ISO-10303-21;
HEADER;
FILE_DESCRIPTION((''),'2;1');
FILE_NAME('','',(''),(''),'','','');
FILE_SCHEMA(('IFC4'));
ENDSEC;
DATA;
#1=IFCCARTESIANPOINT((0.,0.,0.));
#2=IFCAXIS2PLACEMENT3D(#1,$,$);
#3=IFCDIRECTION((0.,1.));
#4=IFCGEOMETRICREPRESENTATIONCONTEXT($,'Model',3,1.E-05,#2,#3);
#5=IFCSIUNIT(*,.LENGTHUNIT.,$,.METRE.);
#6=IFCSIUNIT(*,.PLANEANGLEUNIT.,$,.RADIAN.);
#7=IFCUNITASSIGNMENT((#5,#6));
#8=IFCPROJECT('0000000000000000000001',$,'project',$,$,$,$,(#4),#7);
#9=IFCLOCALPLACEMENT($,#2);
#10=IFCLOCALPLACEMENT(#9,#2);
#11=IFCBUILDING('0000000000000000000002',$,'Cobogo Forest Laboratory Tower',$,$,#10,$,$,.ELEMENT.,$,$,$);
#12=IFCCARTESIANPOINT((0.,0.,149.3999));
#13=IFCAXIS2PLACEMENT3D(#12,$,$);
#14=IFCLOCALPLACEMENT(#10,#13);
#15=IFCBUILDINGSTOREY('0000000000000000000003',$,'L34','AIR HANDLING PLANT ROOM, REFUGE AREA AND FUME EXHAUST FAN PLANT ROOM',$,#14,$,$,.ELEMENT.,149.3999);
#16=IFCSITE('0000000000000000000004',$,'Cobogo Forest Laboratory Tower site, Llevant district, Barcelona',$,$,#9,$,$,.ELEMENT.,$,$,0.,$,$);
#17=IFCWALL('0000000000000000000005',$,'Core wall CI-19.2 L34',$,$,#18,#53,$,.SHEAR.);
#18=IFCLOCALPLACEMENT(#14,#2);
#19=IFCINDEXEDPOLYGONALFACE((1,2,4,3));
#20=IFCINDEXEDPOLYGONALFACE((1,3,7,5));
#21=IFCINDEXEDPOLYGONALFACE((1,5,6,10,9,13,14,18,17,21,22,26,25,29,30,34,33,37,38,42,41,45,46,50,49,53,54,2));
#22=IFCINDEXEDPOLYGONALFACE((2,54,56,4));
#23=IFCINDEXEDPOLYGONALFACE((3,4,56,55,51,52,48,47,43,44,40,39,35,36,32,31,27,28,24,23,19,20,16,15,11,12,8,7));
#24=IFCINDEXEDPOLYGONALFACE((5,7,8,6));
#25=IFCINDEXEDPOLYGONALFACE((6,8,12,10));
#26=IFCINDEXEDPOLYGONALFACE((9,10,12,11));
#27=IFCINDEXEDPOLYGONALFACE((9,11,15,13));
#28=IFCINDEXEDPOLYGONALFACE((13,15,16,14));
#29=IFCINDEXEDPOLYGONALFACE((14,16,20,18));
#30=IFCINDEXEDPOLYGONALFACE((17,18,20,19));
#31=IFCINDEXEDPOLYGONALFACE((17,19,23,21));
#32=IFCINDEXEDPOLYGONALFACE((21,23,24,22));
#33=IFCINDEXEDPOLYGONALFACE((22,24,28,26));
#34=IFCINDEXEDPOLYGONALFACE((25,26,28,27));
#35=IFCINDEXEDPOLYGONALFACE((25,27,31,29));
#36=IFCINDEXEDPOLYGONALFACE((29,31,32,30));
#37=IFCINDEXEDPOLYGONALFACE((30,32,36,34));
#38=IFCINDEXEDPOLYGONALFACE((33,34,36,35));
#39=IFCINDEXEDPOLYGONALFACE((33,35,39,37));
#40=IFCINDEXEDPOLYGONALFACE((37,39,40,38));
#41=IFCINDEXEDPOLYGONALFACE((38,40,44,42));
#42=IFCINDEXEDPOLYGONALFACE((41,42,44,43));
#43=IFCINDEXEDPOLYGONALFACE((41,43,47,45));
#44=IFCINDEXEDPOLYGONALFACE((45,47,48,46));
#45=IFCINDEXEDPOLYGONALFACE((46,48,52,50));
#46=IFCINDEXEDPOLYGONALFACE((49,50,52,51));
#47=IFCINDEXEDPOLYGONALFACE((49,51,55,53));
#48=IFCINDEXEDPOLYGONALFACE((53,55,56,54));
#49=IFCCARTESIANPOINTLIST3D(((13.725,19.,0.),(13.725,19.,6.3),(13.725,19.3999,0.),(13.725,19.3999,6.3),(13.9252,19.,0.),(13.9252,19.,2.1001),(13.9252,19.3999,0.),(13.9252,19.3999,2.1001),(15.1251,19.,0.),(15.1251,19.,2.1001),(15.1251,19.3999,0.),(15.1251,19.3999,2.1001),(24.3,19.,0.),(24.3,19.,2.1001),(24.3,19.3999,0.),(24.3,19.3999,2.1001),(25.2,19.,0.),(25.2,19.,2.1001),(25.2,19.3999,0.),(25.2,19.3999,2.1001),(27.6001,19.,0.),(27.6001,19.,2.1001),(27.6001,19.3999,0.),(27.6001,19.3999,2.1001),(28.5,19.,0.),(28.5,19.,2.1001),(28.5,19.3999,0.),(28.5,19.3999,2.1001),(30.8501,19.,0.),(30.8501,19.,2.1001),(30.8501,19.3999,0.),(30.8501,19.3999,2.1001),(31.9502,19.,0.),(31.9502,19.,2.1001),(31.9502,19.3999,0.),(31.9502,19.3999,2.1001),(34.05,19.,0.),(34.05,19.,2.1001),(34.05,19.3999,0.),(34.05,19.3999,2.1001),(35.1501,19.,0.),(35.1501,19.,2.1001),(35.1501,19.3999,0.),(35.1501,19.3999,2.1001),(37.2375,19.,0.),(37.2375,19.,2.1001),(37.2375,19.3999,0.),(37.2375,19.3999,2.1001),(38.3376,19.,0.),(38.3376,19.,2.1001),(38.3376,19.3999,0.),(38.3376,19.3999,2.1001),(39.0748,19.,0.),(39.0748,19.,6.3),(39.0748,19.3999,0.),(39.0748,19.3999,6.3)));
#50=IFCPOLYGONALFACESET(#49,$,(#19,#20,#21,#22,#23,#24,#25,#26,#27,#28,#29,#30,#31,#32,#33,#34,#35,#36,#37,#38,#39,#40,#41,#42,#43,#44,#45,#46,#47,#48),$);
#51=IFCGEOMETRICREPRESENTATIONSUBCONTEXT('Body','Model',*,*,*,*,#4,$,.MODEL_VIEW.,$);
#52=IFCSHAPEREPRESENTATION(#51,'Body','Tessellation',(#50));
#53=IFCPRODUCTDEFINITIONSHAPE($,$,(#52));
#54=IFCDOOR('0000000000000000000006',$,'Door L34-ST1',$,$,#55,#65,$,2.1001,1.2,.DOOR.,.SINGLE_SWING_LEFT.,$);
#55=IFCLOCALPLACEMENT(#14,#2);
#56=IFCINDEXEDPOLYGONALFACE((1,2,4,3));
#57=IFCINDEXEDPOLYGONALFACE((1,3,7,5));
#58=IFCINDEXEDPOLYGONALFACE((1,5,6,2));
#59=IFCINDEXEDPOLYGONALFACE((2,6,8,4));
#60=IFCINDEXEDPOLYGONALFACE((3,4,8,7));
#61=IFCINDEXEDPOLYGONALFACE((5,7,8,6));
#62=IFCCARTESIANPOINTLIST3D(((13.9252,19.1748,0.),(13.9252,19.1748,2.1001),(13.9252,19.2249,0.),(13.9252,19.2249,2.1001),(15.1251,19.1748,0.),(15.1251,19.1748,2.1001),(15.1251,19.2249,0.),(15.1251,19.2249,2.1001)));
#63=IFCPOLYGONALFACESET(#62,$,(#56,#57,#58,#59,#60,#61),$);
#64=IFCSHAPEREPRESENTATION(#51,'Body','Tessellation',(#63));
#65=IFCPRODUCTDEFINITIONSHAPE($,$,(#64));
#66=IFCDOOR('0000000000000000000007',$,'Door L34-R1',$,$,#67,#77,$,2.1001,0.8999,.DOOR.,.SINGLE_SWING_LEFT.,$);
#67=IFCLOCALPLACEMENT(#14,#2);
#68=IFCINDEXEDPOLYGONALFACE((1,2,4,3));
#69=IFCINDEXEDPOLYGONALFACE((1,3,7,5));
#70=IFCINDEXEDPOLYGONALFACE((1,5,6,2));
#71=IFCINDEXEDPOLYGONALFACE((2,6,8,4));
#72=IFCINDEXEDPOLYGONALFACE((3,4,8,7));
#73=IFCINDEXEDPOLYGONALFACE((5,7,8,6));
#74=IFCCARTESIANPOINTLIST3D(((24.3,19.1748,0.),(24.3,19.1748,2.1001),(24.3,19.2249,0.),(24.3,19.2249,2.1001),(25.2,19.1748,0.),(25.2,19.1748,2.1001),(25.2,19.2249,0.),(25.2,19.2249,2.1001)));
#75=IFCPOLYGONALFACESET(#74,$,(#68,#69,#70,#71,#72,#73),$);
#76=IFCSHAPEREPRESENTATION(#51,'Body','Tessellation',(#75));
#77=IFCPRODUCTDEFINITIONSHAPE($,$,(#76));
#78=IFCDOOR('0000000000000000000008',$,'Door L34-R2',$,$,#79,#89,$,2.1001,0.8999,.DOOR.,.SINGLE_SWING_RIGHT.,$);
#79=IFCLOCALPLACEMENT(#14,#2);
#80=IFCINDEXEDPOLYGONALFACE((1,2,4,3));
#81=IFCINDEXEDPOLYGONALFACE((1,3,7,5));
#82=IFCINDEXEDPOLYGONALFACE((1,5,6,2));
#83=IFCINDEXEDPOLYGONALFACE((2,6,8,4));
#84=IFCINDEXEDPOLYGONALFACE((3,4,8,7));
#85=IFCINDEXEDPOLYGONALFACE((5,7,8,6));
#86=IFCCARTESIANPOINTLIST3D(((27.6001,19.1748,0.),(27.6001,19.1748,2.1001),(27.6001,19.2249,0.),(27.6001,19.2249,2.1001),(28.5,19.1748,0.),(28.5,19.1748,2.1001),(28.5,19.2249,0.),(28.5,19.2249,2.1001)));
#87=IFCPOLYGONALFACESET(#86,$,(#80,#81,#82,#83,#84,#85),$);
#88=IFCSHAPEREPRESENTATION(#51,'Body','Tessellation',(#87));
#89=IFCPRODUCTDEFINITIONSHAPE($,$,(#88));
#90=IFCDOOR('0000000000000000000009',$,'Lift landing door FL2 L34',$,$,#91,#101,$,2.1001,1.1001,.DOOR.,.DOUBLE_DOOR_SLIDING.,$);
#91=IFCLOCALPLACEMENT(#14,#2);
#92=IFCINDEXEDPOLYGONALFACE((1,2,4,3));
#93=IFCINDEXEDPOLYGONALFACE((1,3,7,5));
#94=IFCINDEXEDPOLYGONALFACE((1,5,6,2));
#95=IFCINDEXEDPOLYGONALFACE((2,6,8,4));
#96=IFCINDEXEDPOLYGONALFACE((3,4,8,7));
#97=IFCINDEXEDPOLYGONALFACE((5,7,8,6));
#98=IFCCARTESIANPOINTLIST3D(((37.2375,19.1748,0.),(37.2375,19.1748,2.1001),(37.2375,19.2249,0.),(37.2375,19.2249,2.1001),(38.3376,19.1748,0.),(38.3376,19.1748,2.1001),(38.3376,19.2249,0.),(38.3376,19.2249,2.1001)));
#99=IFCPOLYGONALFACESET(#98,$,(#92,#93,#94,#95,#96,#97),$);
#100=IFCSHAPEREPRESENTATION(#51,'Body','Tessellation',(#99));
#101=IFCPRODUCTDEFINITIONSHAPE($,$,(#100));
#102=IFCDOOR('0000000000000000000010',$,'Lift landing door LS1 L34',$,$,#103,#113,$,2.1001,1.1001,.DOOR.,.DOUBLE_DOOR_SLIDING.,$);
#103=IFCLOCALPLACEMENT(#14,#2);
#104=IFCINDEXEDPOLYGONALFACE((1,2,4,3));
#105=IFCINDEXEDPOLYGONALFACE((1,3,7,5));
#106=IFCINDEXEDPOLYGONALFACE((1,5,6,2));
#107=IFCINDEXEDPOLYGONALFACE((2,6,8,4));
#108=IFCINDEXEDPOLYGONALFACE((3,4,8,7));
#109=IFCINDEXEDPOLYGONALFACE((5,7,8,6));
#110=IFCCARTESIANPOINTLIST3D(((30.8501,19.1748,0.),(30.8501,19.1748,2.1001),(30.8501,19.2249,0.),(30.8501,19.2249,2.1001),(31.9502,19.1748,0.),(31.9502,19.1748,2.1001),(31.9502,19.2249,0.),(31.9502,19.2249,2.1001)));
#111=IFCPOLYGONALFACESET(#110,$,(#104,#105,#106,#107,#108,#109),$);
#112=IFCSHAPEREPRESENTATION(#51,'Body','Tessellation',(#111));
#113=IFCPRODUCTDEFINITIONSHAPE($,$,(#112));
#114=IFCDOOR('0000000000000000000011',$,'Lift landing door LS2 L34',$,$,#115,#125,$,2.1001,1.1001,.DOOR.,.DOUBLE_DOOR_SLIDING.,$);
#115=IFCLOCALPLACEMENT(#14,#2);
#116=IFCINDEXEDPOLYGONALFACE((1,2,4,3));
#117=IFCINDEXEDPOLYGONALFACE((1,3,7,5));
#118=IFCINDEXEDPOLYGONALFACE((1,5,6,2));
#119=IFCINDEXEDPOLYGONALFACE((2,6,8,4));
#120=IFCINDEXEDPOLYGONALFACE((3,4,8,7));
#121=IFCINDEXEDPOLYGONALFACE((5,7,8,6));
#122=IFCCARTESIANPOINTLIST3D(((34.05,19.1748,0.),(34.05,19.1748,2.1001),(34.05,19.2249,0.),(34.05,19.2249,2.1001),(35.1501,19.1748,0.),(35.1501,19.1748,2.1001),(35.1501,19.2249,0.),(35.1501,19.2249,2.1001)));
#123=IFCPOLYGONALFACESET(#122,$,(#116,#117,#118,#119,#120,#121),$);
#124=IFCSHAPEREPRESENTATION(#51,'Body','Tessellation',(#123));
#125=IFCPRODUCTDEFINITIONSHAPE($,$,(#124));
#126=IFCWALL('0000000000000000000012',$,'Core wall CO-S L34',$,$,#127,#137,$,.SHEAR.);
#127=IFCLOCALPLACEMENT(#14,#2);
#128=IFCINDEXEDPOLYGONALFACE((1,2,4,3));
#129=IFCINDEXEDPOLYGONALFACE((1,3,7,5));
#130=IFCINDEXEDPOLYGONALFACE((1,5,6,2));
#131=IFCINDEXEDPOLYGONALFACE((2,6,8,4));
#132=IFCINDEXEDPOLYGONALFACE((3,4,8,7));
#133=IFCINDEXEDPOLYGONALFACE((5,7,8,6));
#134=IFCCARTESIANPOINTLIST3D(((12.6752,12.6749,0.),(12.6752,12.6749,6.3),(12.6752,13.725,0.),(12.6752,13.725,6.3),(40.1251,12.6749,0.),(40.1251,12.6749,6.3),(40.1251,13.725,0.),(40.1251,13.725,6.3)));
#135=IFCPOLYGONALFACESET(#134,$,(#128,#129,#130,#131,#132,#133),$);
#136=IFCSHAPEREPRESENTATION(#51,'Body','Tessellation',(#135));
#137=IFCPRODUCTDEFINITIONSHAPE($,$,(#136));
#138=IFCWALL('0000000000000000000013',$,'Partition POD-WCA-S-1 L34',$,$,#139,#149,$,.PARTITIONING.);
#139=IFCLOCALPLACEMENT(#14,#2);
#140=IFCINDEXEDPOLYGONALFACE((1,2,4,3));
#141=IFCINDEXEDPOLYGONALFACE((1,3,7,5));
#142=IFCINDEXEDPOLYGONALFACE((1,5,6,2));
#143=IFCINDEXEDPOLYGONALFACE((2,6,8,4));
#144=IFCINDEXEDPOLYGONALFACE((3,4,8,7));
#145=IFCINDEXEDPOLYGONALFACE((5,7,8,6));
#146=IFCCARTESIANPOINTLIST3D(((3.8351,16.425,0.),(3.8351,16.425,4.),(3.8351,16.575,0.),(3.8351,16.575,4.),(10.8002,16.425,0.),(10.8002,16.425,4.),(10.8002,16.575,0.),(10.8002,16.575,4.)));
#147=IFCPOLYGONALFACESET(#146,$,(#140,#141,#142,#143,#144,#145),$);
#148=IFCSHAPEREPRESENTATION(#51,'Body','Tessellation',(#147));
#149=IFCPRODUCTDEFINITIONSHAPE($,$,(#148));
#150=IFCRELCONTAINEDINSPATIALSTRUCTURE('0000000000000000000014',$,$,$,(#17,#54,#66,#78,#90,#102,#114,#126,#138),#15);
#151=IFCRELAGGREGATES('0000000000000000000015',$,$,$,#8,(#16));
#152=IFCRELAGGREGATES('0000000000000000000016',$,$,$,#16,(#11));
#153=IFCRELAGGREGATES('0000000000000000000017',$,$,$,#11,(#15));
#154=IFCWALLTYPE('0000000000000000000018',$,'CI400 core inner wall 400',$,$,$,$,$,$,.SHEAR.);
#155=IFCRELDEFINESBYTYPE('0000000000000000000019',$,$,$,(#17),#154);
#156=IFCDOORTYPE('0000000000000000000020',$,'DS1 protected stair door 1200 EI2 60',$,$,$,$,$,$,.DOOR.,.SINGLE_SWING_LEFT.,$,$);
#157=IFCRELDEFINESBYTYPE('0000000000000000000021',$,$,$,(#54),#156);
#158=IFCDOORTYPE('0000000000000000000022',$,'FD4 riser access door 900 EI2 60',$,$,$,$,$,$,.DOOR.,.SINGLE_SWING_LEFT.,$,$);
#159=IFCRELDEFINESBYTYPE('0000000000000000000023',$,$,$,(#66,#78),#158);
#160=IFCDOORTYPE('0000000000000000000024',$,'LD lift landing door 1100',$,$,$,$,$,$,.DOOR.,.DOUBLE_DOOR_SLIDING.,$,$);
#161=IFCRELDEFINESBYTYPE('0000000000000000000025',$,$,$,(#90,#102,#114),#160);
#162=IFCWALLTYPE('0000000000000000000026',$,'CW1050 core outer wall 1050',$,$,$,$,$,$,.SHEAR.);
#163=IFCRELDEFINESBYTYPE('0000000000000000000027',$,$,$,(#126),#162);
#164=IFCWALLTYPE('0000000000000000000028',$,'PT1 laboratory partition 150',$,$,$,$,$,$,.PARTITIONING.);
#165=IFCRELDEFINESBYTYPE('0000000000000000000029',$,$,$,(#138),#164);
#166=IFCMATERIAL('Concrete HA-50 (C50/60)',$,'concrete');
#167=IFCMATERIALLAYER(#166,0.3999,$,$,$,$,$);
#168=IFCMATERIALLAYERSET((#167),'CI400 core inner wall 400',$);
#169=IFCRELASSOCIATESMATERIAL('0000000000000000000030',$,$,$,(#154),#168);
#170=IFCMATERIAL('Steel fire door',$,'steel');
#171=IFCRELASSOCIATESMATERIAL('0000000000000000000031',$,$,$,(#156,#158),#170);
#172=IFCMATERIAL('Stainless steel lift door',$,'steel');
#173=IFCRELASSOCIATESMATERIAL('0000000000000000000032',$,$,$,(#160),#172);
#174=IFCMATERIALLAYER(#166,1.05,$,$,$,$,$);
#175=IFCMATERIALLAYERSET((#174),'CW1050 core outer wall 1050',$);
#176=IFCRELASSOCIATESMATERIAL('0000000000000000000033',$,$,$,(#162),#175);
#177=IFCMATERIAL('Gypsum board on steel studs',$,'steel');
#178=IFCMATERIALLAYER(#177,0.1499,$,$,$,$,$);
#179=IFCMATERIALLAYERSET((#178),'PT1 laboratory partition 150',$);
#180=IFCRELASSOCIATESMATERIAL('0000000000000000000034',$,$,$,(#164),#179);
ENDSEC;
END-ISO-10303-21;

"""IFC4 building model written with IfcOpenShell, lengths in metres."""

from ifc_helpers import new_model, si_unit, direction, frame, frame_2d, origin, place, context, subcontext, project, spatial, rectangle, extrude, material, layer, layer_set, type_object, element, fill, save


model = new_model("IFC4")

# Units and contexts
model_context = context("Model", 3, precision=1e-05, world=origin(), true_north=direction((0.0, 1.0)))
body_context = subcontext(model_context, "Body", "Model", "MODEL_VIEW")
ifc_project = project(units=[si_unit("LENGTHUNIT", "METRE"), si_unit("PLANEANGLEUNIT", "RADIAN")], contexts=[model_context])

# Site, building, storey
site_placement = place(None, origin())
site = spatial("IfcSite", under=ifc_project, at=site_placement, Name="Cobogo Forest Laboratory Tower site, Llevant district, Barcelona", CompositionType="ELEMENT", RefElevation=0.0)
building_placement = place(site_placement, origin())
building = spatial("IfcBuilding", under=site, at=building_placement, Name="Cobogo Forest Laboratory Tower", CompositionType="ELEMENT")
storey_placement = place(building_placement, frame((0.0, 0.0, 149.3999)))
storey = spatial("IfcBuildingStorey", under=building, at=storey_placement, Name="L34", Description="AIR HANDLING PLANT ROOM, REFUGE AREA AND FUME EXHAUST FAN PLANT ROOM", CompositionType="ELEMENT", Elevation=149.3999)

# Wall, openings, doors
ifc_material_1 = material(Name="Concrete HA-50 (C50/60)", Category="concrete")
ifc_layer_1 = layer(ifc_material_1, 0.3999)
ifc_layer_set_1 = layer_set([ifc_layer_1], Name="CI400 core inner wall 400")
wall_type_1 = type_object("IfcWallType", Name="CI400 core inner wall 400", PredefinedType="SHEAR", material=ifc_layer_set_1)
ifc_material_2 = material(Name="Steel fire door", Category="steel")
wall_1_placement = place(storey_placement, frame((13.7251, 19.2, 0.0), z_axis=(0.0, 0.0, 1.0), x_axis=(1.0, 0.0, 0.0)))
wall_1 = element("IfcWall", 1, at=wall_1_placement, inside=storey, type_object=wall_type_1, Name="Core wall CI-19.2 L34", PredefinedType="SHEAR", context=body_context, shape_type="SweptSolid", body=[
    extrude(rectangle(XDim=25.3499, YDim=0.3999, at=frame_2d((12.6748, 0.0))), origin(), (0.0, 0.0, 1.0), 6.3),
])
opening_1_placement = place(wall_1_placement, frame((10.575, 0.0, 0.0)))
opening_1 = element("IfcOpeningElement", 2, at=opening_1_placement, cuts=wall_1, PredefinedType="OPENING", context=body_context, shape_type="SweptSolid", body=[
    extrude(rectangle(XDim=0.8999, YDim=2.1001, at=frame_2d((0.45, 1.05))), frame((0.0, 0.21, 0.0), z_axis=(0.0, -1.0, 0.0), x_axis=(1.0, 0.0, 0.0)), (0.0, 0.0, 1.0), 0.4199),
])
opening_2_placement = place(wall_1_placement, frame((13.875, 0.0, 0.0)))
opening_2 = element("IfcOpeningElement", 3, at=opening_2_placement, cuts=wall_1, PredefinedType="OPENING", context=body_context, shape_type="SweptSolid", body=[
    extrude(rectangle(XDim=0.8999, YDim=2.1001, at=frame_2d((0.45, 1.05))), frame((0.0, 0.21, 0.0), z_axis=(0.0, -1.0, 0.0), x_axis=(1.0, 0.0, 0.0)), (0.0, 0.0, 1.0), 0.4199),
])
opening_3_placement = place(wall_1_placement, frame((0.2, 0.0, 0.0)))
opening_3 = element("IfcOpeningElement", 4, at=opening_3_placement, cuts=wall_1, PredefinedType="OPENING", context=body_context, shape_type="SweptSolid", body=[
    extrude(rectangle(XDim=1.2, YDim=2.1001, at=frame_2d((0.6001, 1.05))), frame((0.0, 0.21, 0.0), z_axis=(0.0, -1.0, 0.0), x_axis=(1.0, 0.0, 0.0)), (0.0, 0.0, 1.0), 0.4199),
])
opening_4_placement = place(wall_1_placement, frame((23.5125, 0.0, 0.0)))
opening_4 = element("IfcOpeningElement", 5, at=opening_4_placement, cuts=wall_1, PredefinedType="OPENING", context=body_context, shape_type="SweptSolid", body=[
    extrude(rectangle(XDim=1.1001, YDim=2.1001, at=frame_2d((0.55, 1.05))), frame((0.0, 0.21, 0.0), z_axis=(0.0, -1.0, 0.0), x_axis=(1.0, 0.0, 0.0)), (0.0, 0.0, 1.0), 0.4199),
])
opening_5_placement = place(wall_1_placement, frame((17.125, 0.0, 0.0)))
opening_5 = element("IfcOpeningElement", 6, at=opening_5_placement, cuts=wall_1, PredefinedType="OPENING", context=body_context, shape_type="SweptSolid", body=[
    extrude(rectangle(XDim=1.1001, YDim=2.1001, at=frame_2d((0.55, 1.05))), frame((0.0, 0.21, 0.0), z_axis=(0.0, -1.0, 0.0), x_axis=(1.0, 0.0, 0.0)), (0.0, 0.0, 1.0), 0.4199),
])
opening_6_placement = place(wall_1_placement, frame((20.325, 0.0, 0.0)))
opening_6 = element("IfcOpeningElement", 7, at=opening_6_placement, cuts=wall_1, PredefinedType="OPENING", context=body_context, shape_type="SweptSolid", body=[
    extrude(rectangle(XDim=1.1001, YDim=2.1001, at=frame_2d((0.55, 1.05))), frame((0.0, 0.21, 0.0), z_axis=(0.0, -1.0, 0.0), x_axis=(1.0, 0.0, 0.0)), (0.0, 0.0, 1.0), 0.4199),
])
door_type_1 = type_object("IfcDoorType", Name="DS1 protected stair door 1200 EI2 60", OperationType="SINGLE_SWING_LEFT", PredefinedType="DOOR", material=ifc_material_2)
door_1_placement = place(opening_3_placement, origin())
door_1 = element("IfcDoor", 8, at=door_1_placement, inside=storey, type_object=door_type_1, Name="Door L34-ST1", OperationType="SINGLE_SWING_LEFT", OverallHeight=2.1001, OverallWidth=1.2, PredefinedType="DOOR", context=body_context, shape_type="SweptSolid", body=[
    extrude(rectangle(XDim=1.2, YDim=2.1001, at=frame_2d((0.6001, 1.05))), frame((0.0, 0.0249, 0.0), z_axis=(0.0, -1.0, 0.0), x_axis=(1.0, 0.0, 0.0)), (0.0, 0.0, 1.0), 0.05),
])
fill(opening_3, door_1)
door_type_2 = type_object("IfcDoorType", Name="FD4 riser access door 900 EI2 60", OperationType="SINGLE_SWING_LEFT", PredefinedType="DOOR", material=ifc_material_2)
door_2_placement = place(opening_1_placement, origin())
door_2 = element("IfcDoor", 9, at=door_2_placement, inside=storey, type_object=door_type_2, Name="Door L34-R1", OperationType="SINGLE_SWING_LEFT", OverallHeight=2.1001, OverallWidth=0.8999, PredefinedType="DOOR", context=body_context, shape_type="SweptSolid", body=[
    extrude(rectangle(XDim=0.8999, YDim=2.1001, at=frame_2d((0.45, 1.05))), frame((0.0, 0.0249, 0.0), z_axis=(0.0, -1.0, 0.0), x_axis=(1.0, 0.0, 0.0)), (0.0, 0.0, 1.0), 0.05),
])
fill(opening_1, door_2)
door_3_placement = place(opening_2_placement, origin())
door_3 = element("IfcDoor", 10, at=door_3_placement, inside=storey, type_object=door_type_2, Name="Door L34-R2", OperationType="SINGLE_SWING_RIGHT", OverallHeight=2.1001, OverallWidth=0.8999, PredefinedType="DOOR", context=body_context, shape_type="SweptSolid", body=[
    extrude(rectangle(XDim=0.8999, YDim=2.1001, at=frame_2d((0.45, 1.05))), frame((0.0, 0.0249, 0.0), z_axis=(0.0, -1.0, 0.0), x_axis=(1.0, 0.0, 0.0)), (0.0, 0.0, 1.0), 0.05),
])
fill(opening_2, door_3)
ifc_material_3 = material(Name="Stainless steel lift door", Category="steel")
door_type_3 = type_object("IfcDoorType", Name="LD lift landing door 1100", OperationType="DOUBLE_DOOR_SLIDING", PredefinedType="DOOR", material=ifc_material_3)
door_4_placement = place(opening_4_placement, origin())
door_4 = element("IfcDoor", 11, at=door_4_placement, inside=storey, type_object=door_type_3, Name="Lift landing door FL2 L34", OperationType="DOUBLE_DOOR_SLIDING", OverallHeight=2.1001, OverallWidth=1.1001, PredefinedType="DOOR", context=body_context, shape_type="SweptSolid", body=[
    extrude(rectangle(XDim=1.1001, YDim=2.1001, at=frame_2d((0.55, 1.05))), frame((0.0, 0.0249, 0.0), z_axis=(0.0, -1.0, 0.0), x_axis=(1.0, 0.0, 0.0)), (0.0, 0.0, 1.0), 0.05),
])
fill(opening_4, door_4)
door_5_placement = place(opening_5_placement, origin())
door_5 = element("IfcDoor", 12, at=door_5_placement, inside=storey, type_object=door_type_3, Name="Lift landing door LS1 L34", OperationType="DOUBLE_DOOR_SLIDING", OverallHeight=2.1001, OverallWidth=1.1001, PredefinedType="DOOR", context=body_context, shape_type="SweptSolid", body=[
    extrude(rectangle(XDim=1.1001, YDim=2.1001, at=frame_2d((0.55, 1.05))), frame((0.0, 0.0249, 0.0), z_axis=(0.0, -1.0, 0.0), x_axis=(1.0, 0.0, 0.0)), (0.0, 0.0, 1.0), 0.05),
])
fill(opening_5, door_5)
door_6_placement = place(opening_6_placement, origin())
door_6 = element("IfcDoor", 13, at=door_6_placement, inside=storey, type_object=door_type_3, Name="Lift landing door LS2 L34", OperationType="DOUBLE_DOOR_SLIDING", OverallHeight=2.1001, OverallWidth=1.1001, PredefinedType="DOOR", context=body_context, shape_type="SweptSolid", body=[
    extrude(rectangle(XDim=1.1001, YDim=2.1001, at=frame_2d((0.55, 1.05))), frame((0.0, 0.0249, 0.0), z_axis=(0.0, -1.0, 0.0), x_axis=(1.0, 0.0, 0.0)), (0.0, 0.0, 1.0), 0.05),
])
fill(opening_6, door_6)

# Wall
ifc_layer_2 = layer(ifc_material_1, 1.05)
ifc_layer_set_2 = layer_set([ifc_layer_2], Name="CW1050 core outer wall 1050")
wall_type_2 = type_object("IfcWallType", Name="CW1050 core outer wall 1050", PredefinedType="SHEAR", material=ifc_layer_set_2)
wall_2_placement = place(storey_placement, frame((12.675, 13.2, 0.0), z_axis=(0.0, 0.0, 1.0), x_axis=(1.0, 0.0, 0.0)))
element("IfcWall", 14, at=wall_2_placement, inside=storey, type_object=wall_type_2, Name="Core wall CO-S L34", PredefinedType="SHEAR", context=body_context, shape_type="SweptSolid", body=[
    extrude(rectangle(XDim=27.45, YDim=1.05, at=frame_2d((13.7251, 0.0))), origin(), (0.0, 0.0, 1.0), 6.3),
])

# Wall
ifc_material_4 = material(Name="Gypsum board on steel studs", Category="steel")
ifc_layer_3 = layer(ifc_material_4, 0.1499)
ifc_layer_set_3 = layer_set([ifc_layer_3], Name="PT1 laboratory partition 150")
wall_type_3 = type_object("IfcWallType", Name="PT1 laboratory partition 150", PredefinedType="PARTITIONING", material=ifc_layer_set_3)
wall_3_placement = place(storey_placement, frame((10.8, 16.5, 0.0), z_axis=(0.0, 0.0, 1.0), x_axis=(-1.0, 0.0, 0.0)))
element("IfcWall", 15, at=wall_3_placement, inside=storey, type_object=wall_type_3, Name="Partition POD-WCA-S-1 L34", PredefinedType="PARTITIONING", context=body_context, shape_type="SweptSolid", body=[
    extrude(rectangle(XDim=6.9651, YDim=0.1499, at=frame_2d((3.4824, 0.0))), origin(), (0.0, 0.0, 1.0), 4.0),
])

save(model, "model.ifc")
